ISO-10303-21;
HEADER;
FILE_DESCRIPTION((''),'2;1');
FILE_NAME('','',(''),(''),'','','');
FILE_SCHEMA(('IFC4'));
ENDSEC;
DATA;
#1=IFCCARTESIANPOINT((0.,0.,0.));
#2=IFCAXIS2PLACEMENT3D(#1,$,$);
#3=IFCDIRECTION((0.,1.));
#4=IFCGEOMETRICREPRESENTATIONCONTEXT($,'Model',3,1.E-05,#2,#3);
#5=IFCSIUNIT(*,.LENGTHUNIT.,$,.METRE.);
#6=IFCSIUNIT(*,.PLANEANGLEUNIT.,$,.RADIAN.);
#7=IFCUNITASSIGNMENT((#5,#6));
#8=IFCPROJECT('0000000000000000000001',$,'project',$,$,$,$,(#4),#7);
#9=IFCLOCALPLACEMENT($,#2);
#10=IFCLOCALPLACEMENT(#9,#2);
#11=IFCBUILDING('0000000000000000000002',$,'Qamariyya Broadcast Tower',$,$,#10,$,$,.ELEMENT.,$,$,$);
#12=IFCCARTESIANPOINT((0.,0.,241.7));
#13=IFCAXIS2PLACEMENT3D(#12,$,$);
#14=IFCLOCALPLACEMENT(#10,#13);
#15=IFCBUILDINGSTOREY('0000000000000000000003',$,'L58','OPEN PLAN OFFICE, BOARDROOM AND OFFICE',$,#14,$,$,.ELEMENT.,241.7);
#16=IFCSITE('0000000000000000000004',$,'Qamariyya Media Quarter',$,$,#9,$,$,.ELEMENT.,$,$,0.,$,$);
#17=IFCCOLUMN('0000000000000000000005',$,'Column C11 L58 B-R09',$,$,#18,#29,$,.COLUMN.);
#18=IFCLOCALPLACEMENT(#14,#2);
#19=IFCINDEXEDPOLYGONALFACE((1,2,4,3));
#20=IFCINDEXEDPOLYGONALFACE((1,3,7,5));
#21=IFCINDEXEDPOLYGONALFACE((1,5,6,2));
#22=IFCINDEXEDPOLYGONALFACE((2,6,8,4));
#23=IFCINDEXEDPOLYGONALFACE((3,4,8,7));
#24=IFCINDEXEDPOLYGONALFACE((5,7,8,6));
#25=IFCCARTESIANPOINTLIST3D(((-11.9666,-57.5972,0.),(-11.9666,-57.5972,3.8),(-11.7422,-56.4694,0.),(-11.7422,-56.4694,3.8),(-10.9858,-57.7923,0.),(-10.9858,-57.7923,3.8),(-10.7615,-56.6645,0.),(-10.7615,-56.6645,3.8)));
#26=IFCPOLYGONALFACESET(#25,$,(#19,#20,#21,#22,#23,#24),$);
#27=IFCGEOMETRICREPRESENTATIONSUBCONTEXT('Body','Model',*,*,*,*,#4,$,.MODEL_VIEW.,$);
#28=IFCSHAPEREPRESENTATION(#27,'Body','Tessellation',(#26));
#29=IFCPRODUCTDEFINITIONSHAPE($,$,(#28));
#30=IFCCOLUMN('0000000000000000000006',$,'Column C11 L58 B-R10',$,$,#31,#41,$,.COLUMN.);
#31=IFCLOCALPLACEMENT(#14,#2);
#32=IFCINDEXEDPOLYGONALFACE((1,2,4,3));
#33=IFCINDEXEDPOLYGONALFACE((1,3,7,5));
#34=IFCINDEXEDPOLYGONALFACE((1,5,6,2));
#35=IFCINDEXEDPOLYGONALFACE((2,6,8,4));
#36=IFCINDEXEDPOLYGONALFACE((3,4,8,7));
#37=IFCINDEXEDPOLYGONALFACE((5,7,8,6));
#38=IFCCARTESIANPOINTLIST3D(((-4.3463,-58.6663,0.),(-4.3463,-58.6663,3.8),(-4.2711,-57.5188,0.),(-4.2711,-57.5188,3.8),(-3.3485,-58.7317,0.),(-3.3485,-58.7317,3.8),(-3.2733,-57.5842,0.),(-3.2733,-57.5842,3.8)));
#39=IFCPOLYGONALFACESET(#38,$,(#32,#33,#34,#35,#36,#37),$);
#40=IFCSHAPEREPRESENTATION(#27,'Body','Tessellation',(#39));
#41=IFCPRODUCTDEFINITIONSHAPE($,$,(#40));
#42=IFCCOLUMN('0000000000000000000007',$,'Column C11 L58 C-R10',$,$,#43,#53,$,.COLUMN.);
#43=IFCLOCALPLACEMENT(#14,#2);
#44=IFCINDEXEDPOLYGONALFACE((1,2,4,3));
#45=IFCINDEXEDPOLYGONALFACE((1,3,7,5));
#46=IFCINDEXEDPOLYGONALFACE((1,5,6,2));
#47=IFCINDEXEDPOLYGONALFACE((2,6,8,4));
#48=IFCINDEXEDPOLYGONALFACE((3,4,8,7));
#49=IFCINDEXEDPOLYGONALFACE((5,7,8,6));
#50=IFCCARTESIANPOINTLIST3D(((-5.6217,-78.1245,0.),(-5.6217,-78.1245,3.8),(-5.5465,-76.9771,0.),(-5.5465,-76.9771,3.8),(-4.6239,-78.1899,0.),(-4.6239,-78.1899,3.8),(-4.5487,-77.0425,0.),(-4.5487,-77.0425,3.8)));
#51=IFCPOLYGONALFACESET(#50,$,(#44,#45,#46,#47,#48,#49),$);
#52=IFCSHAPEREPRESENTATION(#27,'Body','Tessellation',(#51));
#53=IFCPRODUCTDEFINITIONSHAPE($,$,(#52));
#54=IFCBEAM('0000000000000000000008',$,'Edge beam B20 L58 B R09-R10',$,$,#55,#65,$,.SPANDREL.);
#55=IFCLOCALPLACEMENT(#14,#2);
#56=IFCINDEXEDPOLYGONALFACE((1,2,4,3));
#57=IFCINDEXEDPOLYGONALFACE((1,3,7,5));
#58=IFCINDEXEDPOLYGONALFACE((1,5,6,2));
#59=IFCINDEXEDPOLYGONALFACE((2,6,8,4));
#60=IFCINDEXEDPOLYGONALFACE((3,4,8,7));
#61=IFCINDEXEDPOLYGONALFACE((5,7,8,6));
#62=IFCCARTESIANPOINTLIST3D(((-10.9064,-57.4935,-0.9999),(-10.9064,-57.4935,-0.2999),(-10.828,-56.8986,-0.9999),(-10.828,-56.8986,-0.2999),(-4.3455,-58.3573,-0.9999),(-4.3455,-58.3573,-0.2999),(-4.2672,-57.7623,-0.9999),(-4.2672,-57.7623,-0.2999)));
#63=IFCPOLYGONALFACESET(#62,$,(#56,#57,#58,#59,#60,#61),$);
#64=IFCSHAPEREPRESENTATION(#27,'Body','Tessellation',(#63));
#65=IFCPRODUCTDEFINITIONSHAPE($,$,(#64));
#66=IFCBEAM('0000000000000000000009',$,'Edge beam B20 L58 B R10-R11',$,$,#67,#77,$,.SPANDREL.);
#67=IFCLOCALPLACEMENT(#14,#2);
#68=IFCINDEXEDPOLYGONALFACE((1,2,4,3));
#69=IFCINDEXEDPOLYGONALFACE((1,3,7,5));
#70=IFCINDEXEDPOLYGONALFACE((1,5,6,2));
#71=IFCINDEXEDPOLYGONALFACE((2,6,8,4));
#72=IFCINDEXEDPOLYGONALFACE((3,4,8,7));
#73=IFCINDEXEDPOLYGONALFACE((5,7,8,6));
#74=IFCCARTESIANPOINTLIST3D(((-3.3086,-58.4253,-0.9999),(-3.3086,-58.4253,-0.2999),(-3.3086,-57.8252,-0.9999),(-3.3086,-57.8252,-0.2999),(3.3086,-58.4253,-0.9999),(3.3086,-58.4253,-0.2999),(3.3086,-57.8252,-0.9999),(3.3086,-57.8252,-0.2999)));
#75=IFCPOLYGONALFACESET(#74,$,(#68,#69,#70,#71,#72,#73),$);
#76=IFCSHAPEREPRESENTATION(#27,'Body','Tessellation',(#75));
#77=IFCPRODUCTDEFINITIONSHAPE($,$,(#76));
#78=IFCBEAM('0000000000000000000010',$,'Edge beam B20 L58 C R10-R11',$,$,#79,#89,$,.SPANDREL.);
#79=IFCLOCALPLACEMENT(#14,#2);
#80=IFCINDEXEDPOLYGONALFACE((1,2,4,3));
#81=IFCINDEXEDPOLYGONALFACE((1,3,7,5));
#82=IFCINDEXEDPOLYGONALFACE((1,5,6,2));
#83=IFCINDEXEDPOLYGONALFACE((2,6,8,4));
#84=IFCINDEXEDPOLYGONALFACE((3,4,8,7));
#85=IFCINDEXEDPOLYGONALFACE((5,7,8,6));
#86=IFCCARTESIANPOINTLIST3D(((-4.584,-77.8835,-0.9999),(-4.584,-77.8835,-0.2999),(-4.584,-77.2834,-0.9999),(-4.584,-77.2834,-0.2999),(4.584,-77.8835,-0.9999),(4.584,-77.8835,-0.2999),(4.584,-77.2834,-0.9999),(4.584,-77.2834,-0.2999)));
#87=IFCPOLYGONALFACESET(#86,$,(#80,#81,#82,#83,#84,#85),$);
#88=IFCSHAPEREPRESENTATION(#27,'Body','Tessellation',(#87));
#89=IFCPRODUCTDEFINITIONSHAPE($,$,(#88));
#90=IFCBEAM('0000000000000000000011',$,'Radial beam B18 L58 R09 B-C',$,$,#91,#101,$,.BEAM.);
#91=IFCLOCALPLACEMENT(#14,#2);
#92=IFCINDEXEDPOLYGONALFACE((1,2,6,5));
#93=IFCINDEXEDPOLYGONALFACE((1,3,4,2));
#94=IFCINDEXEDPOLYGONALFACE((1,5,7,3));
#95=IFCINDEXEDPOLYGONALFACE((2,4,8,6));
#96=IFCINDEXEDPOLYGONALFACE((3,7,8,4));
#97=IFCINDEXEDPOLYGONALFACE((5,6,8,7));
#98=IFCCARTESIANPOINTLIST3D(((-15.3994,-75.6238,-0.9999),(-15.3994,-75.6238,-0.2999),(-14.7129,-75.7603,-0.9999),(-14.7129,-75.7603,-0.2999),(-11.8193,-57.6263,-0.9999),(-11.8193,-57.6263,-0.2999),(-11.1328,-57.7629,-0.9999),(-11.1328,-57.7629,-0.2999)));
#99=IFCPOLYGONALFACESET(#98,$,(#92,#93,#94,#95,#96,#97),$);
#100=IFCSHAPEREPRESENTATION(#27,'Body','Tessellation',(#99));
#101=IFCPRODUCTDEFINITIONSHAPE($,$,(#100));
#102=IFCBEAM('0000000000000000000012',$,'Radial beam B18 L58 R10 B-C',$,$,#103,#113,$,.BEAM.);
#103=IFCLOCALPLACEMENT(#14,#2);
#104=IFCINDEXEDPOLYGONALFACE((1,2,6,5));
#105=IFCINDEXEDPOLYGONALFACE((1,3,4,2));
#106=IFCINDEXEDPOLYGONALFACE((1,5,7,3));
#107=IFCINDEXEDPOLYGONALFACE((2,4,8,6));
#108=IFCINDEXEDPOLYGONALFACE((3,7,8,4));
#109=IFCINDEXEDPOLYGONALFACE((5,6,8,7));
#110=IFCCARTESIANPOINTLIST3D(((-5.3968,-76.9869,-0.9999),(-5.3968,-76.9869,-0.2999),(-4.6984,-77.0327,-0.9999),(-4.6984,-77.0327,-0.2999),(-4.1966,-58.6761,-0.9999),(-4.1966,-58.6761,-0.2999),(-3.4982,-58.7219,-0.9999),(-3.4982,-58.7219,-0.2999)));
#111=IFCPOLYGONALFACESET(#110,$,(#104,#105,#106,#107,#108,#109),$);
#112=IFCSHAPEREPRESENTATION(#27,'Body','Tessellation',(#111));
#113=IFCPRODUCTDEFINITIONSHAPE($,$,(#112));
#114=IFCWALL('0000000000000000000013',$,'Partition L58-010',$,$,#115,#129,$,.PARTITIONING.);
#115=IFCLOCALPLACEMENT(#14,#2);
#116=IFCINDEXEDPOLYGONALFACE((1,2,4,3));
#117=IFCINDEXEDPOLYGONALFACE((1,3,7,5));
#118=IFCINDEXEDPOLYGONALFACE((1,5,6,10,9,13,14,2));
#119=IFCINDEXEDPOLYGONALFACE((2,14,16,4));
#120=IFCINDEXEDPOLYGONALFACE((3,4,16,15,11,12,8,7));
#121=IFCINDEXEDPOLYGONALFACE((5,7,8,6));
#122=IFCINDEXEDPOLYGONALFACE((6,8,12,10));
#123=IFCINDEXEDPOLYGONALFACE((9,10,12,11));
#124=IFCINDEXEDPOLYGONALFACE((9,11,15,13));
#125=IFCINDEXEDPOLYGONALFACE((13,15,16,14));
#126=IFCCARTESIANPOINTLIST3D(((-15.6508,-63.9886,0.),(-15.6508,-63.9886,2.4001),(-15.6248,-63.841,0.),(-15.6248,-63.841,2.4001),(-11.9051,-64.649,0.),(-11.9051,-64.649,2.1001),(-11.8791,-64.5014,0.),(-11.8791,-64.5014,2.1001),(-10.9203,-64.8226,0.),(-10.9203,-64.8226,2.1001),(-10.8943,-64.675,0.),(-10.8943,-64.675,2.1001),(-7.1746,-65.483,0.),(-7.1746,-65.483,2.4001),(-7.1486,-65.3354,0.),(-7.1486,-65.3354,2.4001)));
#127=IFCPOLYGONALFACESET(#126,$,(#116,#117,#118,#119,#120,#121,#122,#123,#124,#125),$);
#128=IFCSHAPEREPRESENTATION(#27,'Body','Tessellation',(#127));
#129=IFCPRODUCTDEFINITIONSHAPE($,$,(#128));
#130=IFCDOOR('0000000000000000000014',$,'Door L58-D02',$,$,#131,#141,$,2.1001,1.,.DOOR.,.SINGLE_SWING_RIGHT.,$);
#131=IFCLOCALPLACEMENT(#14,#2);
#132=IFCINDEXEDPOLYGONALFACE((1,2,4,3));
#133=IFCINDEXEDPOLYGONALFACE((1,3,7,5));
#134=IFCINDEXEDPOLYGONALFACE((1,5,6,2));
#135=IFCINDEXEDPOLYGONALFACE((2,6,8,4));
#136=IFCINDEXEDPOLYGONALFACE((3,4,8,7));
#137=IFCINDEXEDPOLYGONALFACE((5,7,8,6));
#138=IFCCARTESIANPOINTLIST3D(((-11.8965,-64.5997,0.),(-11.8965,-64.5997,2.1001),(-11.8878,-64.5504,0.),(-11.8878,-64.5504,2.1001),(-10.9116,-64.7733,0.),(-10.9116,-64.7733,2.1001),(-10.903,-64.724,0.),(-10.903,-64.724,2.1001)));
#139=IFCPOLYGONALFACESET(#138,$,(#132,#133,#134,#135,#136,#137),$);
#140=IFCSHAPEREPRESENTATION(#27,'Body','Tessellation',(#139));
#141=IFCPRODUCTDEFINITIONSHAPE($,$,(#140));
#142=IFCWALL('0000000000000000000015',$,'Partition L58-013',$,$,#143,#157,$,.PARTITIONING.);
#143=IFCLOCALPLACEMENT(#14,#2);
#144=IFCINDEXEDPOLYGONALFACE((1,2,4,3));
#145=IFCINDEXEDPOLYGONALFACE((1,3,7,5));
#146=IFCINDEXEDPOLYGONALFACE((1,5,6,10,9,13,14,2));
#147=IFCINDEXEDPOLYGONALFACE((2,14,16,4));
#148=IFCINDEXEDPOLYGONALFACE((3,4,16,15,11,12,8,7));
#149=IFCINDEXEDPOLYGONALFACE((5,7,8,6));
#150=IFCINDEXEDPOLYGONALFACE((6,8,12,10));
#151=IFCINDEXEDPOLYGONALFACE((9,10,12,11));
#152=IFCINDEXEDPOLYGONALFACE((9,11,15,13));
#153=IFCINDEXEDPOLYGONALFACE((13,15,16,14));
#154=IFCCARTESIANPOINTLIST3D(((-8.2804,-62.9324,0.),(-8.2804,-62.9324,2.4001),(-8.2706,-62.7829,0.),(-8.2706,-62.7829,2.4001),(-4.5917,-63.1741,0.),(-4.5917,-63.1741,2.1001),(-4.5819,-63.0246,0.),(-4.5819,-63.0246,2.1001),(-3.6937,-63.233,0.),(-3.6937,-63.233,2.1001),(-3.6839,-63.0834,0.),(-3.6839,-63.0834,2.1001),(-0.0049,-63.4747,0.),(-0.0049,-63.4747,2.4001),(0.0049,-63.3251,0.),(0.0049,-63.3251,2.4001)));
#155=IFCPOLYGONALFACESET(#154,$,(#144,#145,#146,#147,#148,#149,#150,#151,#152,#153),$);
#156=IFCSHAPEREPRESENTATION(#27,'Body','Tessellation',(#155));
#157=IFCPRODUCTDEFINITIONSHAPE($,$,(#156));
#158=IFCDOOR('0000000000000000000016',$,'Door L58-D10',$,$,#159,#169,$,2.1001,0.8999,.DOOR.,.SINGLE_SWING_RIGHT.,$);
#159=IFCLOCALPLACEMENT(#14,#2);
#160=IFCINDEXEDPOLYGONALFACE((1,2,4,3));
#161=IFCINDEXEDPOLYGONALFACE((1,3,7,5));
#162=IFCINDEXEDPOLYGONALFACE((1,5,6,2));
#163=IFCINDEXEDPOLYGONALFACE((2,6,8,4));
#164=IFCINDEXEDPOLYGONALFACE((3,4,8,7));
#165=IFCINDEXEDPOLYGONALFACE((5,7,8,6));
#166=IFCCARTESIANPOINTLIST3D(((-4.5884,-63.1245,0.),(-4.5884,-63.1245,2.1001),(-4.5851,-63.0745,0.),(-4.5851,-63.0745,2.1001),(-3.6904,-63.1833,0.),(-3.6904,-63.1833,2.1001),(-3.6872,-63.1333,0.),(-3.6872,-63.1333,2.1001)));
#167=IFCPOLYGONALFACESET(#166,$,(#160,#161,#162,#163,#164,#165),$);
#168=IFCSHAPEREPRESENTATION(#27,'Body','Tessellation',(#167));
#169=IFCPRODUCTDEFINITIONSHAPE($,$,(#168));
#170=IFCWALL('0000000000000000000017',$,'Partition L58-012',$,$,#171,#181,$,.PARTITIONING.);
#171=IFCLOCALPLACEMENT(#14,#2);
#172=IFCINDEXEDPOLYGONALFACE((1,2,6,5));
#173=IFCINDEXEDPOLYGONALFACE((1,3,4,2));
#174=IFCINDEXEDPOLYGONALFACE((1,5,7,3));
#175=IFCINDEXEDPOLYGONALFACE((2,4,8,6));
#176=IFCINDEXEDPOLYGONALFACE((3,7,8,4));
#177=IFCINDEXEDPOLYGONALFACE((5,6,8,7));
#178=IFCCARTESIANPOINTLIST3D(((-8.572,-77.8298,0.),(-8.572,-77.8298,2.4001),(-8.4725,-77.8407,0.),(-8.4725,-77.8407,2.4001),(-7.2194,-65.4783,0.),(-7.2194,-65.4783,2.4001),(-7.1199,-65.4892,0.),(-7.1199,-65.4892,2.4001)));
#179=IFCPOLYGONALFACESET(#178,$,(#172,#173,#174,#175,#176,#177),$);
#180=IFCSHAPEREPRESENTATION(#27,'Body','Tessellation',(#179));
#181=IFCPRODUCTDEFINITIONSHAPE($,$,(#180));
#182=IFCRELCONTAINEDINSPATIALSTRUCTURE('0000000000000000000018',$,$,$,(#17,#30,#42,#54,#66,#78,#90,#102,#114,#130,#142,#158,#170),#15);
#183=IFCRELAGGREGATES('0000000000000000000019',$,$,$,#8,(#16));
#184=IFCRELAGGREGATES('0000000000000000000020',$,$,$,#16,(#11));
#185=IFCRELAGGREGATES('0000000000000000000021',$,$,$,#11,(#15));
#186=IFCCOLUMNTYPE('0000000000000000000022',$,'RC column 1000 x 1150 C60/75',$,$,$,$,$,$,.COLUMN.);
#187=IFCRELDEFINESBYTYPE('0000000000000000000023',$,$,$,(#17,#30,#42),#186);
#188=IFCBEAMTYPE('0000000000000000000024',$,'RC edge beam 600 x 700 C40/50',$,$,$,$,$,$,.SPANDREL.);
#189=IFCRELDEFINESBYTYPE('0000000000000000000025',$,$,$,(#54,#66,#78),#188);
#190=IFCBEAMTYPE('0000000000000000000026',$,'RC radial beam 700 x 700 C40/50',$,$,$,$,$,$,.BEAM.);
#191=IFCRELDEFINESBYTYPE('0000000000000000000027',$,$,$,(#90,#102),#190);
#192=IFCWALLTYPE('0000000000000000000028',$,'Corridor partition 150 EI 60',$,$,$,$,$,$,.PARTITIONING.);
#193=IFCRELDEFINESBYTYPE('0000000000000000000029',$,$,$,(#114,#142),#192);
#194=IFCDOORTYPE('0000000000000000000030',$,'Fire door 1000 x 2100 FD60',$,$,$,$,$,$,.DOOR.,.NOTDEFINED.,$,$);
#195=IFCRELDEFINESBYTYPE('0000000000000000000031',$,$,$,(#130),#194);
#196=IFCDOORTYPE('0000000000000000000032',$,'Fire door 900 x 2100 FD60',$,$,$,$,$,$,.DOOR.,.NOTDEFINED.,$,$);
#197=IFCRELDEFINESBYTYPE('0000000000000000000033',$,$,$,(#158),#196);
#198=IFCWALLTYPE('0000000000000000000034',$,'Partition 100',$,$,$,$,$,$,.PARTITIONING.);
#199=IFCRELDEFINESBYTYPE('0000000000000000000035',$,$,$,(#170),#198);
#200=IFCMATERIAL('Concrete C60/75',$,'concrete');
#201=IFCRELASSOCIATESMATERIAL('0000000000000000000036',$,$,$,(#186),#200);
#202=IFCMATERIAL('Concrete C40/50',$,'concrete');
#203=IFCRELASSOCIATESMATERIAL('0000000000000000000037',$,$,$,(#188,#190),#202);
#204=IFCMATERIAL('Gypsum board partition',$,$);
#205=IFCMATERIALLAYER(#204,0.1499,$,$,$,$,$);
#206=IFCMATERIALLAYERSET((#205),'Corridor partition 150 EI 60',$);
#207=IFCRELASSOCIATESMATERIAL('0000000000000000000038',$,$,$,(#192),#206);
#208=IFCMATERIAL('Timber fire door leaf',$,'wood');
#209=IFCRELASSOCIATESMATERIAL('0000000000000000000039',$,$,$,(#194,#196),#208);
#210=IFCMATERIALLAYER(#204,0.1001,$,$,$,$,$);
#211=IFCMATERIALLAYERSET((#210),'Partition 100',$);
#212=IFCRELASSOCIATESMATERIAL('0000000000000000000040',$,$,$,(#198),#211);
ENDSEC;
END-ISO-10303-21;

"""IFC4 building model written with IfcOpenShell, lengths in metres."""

from ifc_helpers import new_model, si_unit, direction, frame, frame_2d, origin, origin_2d, place, context, subcontext, project, spatial, rectangle, extrude, material, layer, layer_set, material_profile, profile_set, type_object, element, fill, save


model = new_model("IFC4")

# Units and contexts
model_context = context("Model", 3, precision=1e-05, world=origin(), true_north=direction((0.0, 1.0)))
body_context = subcontext(model_context, "Body", "Model", "MODEL_VIEW")
ifc_project = project(units=[si_unit("LENGTHUNIT", "METRE"), si_unit("PLANEANGLEUNIT", "RADIAN")], contexts=[model_context])

# Site, building, storey
site_placement = place(None, origin())
site = spatial("IfcSite", under=ifc_project, at=site_placement, Name="Qamariyya Media Quarter", CompositionType="ELEMENT", RefElevation=0.0)
building_placement = place(site_placement, origin())
building = spatial("IfcBuilding", under=site, at=building_placement, Name="Qamariyya Broadcast Tower", CompositionType="ELEMENT")
storey_placement = place(building_placement, frame((0.0, 0.0, 241.7)))
storey = spatial("IfcBuildingStorey", under=building, at=storey_placement, Name="L58", Description="OPEN PLAN OFFICE, BOARDROOM AND OFFICE", CompositionType="ELEMENT", Elevation=241.7)

# Columns
ifc_material_1 = material(Name="Concrete C60/75", Category="concrete")
ifc_material_profile_1 = material_profile(ifc_material_1, rectangle(XDim=1.0, YDim=1.1499, at=origin_2d()))
ifc_profile_set_1 = profile_set([ifc_material_profile_1], Name="Concrete C60/75")
column_type = type_object("IfcColumnType", Name="RC column 1000 x 1150 C60/75", PredefinedType="COLUMN", material=ifc_profile_set_1)
for number, where, z_axis, x_axis, name in (
    (1, (-11.364, -57.1309, 0.0), (0.0, 0.0, 1.0), (0.980785, -0.19509, 0.0), "Column C11 L58 B-R09"),
    (2, (-3.8098, -58.1252, 0.0), (0.0, 0.0, 1.0), (0.997859, -0.065403, 0.0), "Column C11 L58 B-R10"),
    (3, (-5.0852, -77.5835, 0.0), (0.0, 0.0, 1.0), (0.997859, -0.065403, 0.0), "Column C11 L58 C-R10"),
):
    element("IfcColumn", number, at=place(storey_placement, frame(where, z_axis=z_axis, x_axis=x_axis)), inside=storey, type_object=column_type, Name=name, PredefinedType="COLUMN", context=body_context, shape_type="SweptSolid", body=[
        extrude(rectangle(XDim=1.0, YDim=1.1499, at=origin_2d()), origin(), (0.0, 0.0, 1.0), 3.8),
    ])

# Beams
ifc_material_2 = material(Name="Concrete C40/50", Category="concrete")
ifc_material_profile_2 = material_profile(ifc_material_2, rectangle(XDim=0.6001, YDim=0.7, at=origin_2d()))
ifc_profile_set_2 = profile_set([ifc_material_profile_2], Name="Concrete C40/50")
beam_type_1 = type_object("IfcBeamType", Name="RC edge beam 600 x 700 C40/50", PredefinedType="SPANDREL", material=ifc_profile_set_2)
beam_1_placement = place(storey_placement, frame((-10.8672, -57.196, -0.6499), z_axis=(0.991444, -0.13053, 0.0), x_axis=(0.13053, 0.991444, 0.0)))
element("IfcBeam", 4, at=beam_1_placement, inside=storey, type_object=beam_type_1, Name="Edge beam B20 L58 B R09-R10", PredefinedType="SPANDREL", context=body_context, shape_type="SweptSolid", body=[
    extrude(rectangle(XDim=0.6001, YDim=0.7, at=origin_2d()), origin(), (0.0, 0.0, 1.0), 6.6174),
])
beam_2_placement = place(storey_placement, frame((-3.3086, -58.1252, -0.6499), z_axis=(1.0, 0.0, 0.0), x_axis=(0.0, 1.0, 0.0)))
element("IfcBeam", 5, at=beam_2_placement, inside=storey, type_object=beam_type_1, Name="Edge beam B20 L58 B R10-R11", PredefinedType="SPANDREL", context=body_context, shape_type="SweptSolid", body=[
    extrude(rectangle(XDim=0.6001, YDim=0.7, at=origin_2d()), origin(), (0.0, 0.0, 1.0), 6.6172),
])
beam_3_placement = place(storey_placement, frame((-4.584, -77.5835, -0.6499), z_axis=(1.0, 0.0, 0.0), x_axis=(0.0, 1.0, 0.0)))
element("IfcBeam", 6, at=beam_3_placement, inside=storey, type_object=beam_type_1, Name="Edge beam B20 L58 C R10-R11", PredefinedType="SPANDREL", context=body_context, shape_type="SweptSolid", body=[
    extrude(rectangle(XDim=0.6001, YDim=0.7, at=origin_2d()), origin(), (0.0, 0.0, 1.0), 9.168),
])
ifc_material_profile_3 = material_profile(ifc_material_2, rectangle(XDim=0.7, YDim=0.7, at=origin_2d()))
ifc_profile_set_3 = profile_set([ifc_material_profile_3], Name="Concrete C40/50")
beam_type_2 = type_object("IfcBeamType", Name="RC radial beam 700 x 700 C40/50", PredefinedType="BEAM", material=ifc_profile_set_3)
for number, where, z_axis, x_axis, name in (
    (7, (-11.4761, -57.6946, -0.6499), (-0.195098, -0.980784, 0.0), (0.980784, -0.195098, 0.0), "Radial beam B18 L58 R09 B-C"),
    (8, (-3.8474, -58.699, -0.6499), (-0.065405, -0.997859, 0.0), (0.997859, -0.065405, 0.0), "Radial beam B18 L58 R10 B-C"),
):
    element("IfcBeam", number, at=place(storey_placement, frame(where, z_axis=z_axis, x_axis=x_axis)), inside=storey, type_object=beam_type_2, Name=name, PredefinedType="BEAM", context=body_context, shape_type="SweptSolid", body=[
        extrude(rectangle(XDim=0.7, YDim=0.7, at=origin_2d()), origin(), (0.0, 0.0, 1.0), 18.3501),
    ])

# Walls, openings, doors
ifc_material_3 = material(Name="Gypsum board partition")
ifc_layer_1 = layer(ifc_material_3, 0.1499)
ifc_layer_set_1 = layer_set([ifc_layer_1], Name="Corridor partition 150 EI 60")
wall_type_1 = type_object("IfcWallType", Name="Corridor partition 150 EI 60", PredefinedType="PARTITIONING", material=ifc_layer_set_1)
wall_1_placement = place(storey_placement, frame((-7.1616, -65.4092, 0.0), z_axis=(0.0, 0.0, 1.0), x_axis=(-0.984812, 0.173624, 0.0)))
wall_1 = element("IfcWall", 9, at=wall_1_placement, inside=storey, type_object=wall_type_1, Name="Partition L58-010", PredefinedType="PARTITIONING", context=body_context, shape_type="SweptSolid", body=[
    extrude(rectangle(XDim=8.6069, YDim=0.1499, at=frame_2d((4.3035, 0.0))), origin(), (0.0, 0.0, 1.0), 2.4001),
])
opening_1_placement = place(wall_1_placement, frame((3.8035, 0.0, 0.0)))
opening_1 = element("IfcOpeningElement", 10, at=opening_1_placement, cuts=wall_1, PredefinedType="OPENING", context=body_context, shape_type="SweptSolid", body=[
    extrude(rectangle(XDim=1.0, YDim=2.1001, at=frame_2d((0.5, 1.05))), frame((0.0, 0.085, 0.0), z_axis=(0.0, -1.0, 0.0), x_axis=(1.0, 0.0, 0.0)), (0.0, 0.0, 1.0), 0.1699),
])
ifc_material_4 = material(Name="Timber fire door leaf", Category="wood")
door_type_1 = type_object("IfcDoorType", Name="Fire door 1000 x 2100 FD60", OperationType="NOTDEFINED", PredefinedType="DOOR", material=ifc_material_4)
door_1_placement = place(opening_1_placement, origin())
door_1 = element("IfcDoor", 11, at=door_1_placement, inside=storey, type_object=door_type_1, Name="Door L58-D02", OperationType="SINGLE_SWING_RIGHT", OverallHeight=2.1001, OverallWidth=1.0, PredefinedType="DOOR", context=body_context, shape_type="SweptSolid", body=[
    extrude(rectangle(XDim=1.0, YDim=2.1001, at=frame_2d((0.5, 1.05))), frame((0.0, 0.0249, 0.0), z_axis=(0.0, -1.0, 0.0), x_axis=(1.0, 0.0, 0.0)), (0.0, 0.0, 1.0), 0.05),
])
fill(opening_1, door_1)
wall_2_placement = place(storey_placement, frame((-8.2754, -62.8577, 0.0), z_axis=(0.0, 0.0, 1.0), x_axis=(0.99786, -0.065384, 0.0)))
wall_2 = element("IfcWall", 12, at=wall_2_placement, inside=storey, type_object=wall_type_1, Name="Partition L58-013", PredefinedType="PARTITIONING", context=body_context, shape_type="SweptSolid", body=[
    extrude(rectangle(XDim=8.2932, YDim=0.1499, at=frame_2d((4.1465, 0.0))), origin(), (0.0, 0.0, 1.0), 2.4001),
])
opening_2_placement = place(wall_2_placement, frame((3.6965, 0.0, 0.0)))
opening_2 = element("IfcOpeningElement", 13, at=opening_2_placement, cuts=wall_2, PredefinedType="OPENING", context=body_context, shape_type="SweptSolid", body=[
    extrude(rectangle(XDim=0.8999, YDim=2.1001, at=frame_2d((0.45, 1.05))), frame((0.0, 0.085, 0.0), z_axis=(0.0, -1.0, 0.0), x_axis=(1.0, 0.0, 0.0)), (0.0, 0.0, 1.0), 0.1699),
])
door_type_2 = type_object("IfcDoorType", Name="Fire door 900 x 2100 FD60", OperationType="NOTDEFINED", PredefinedType="DOOR", material=ifc_material_4)
door_2_placement = place(opening_2_placement, origin())
door_2 = element("IfcDoor", 14, at=door_2_placement, inside=storey, type_object=door_type_2, Name="Door L58-D10", OperationType="SINGLE_SWING_RIGHT", OverallHeight=2.1001, OverallWidth=0.8999, PredefinedType="DOOR", context=body_context, shape_type="SweptSolid", body=[
    extrude(rectangle(XDim=0.8999, YDim=2.1001, at=frame_2d((0.45, 1.05))), frame((0.0, 0.0249, 0.0), z_axis=(0.0, -1.0, 0.0), x_axis=(1.0, 0.0, 0.0)), (0.0, 0.0, 1.0), 0.05),
])
fill(opening_2, door_2)

# Wall
ifc_layer_2 = layer(ifc_material_3, 0.1001)
ifc_layer_set_2 = layer_set([ifc_layer_2], Name="Partition 100")
wall_type_2 = type_object("IfcWallType", Name="Partition 100", PredefinedType="PARTITIONING", material=ifc_layer_set_2)
wall_3_placement = place(storey_placement, frame((-8.5222, -77.8352, 0.0), z_axis=(0.0, 0.0, 1.0), x_axis=(0.108853, 0.994058, 0.0)))
element("IfcWall", 15, at=wall_3_placement, inside=storey, type_object=wall_type_2, Name="Partition L58-012", PredefinedType="PARTITIONING", context=body_context, shape_type="SweptSolid", body=[
    extrude(rectangle(XDim=12.4253, YDim=0.1001, at=frame_2d((6.2126, 0.0))), origin(), (0.0, 0.0, 1.0), 2.4001),
])

save(model, "model.ifc")
